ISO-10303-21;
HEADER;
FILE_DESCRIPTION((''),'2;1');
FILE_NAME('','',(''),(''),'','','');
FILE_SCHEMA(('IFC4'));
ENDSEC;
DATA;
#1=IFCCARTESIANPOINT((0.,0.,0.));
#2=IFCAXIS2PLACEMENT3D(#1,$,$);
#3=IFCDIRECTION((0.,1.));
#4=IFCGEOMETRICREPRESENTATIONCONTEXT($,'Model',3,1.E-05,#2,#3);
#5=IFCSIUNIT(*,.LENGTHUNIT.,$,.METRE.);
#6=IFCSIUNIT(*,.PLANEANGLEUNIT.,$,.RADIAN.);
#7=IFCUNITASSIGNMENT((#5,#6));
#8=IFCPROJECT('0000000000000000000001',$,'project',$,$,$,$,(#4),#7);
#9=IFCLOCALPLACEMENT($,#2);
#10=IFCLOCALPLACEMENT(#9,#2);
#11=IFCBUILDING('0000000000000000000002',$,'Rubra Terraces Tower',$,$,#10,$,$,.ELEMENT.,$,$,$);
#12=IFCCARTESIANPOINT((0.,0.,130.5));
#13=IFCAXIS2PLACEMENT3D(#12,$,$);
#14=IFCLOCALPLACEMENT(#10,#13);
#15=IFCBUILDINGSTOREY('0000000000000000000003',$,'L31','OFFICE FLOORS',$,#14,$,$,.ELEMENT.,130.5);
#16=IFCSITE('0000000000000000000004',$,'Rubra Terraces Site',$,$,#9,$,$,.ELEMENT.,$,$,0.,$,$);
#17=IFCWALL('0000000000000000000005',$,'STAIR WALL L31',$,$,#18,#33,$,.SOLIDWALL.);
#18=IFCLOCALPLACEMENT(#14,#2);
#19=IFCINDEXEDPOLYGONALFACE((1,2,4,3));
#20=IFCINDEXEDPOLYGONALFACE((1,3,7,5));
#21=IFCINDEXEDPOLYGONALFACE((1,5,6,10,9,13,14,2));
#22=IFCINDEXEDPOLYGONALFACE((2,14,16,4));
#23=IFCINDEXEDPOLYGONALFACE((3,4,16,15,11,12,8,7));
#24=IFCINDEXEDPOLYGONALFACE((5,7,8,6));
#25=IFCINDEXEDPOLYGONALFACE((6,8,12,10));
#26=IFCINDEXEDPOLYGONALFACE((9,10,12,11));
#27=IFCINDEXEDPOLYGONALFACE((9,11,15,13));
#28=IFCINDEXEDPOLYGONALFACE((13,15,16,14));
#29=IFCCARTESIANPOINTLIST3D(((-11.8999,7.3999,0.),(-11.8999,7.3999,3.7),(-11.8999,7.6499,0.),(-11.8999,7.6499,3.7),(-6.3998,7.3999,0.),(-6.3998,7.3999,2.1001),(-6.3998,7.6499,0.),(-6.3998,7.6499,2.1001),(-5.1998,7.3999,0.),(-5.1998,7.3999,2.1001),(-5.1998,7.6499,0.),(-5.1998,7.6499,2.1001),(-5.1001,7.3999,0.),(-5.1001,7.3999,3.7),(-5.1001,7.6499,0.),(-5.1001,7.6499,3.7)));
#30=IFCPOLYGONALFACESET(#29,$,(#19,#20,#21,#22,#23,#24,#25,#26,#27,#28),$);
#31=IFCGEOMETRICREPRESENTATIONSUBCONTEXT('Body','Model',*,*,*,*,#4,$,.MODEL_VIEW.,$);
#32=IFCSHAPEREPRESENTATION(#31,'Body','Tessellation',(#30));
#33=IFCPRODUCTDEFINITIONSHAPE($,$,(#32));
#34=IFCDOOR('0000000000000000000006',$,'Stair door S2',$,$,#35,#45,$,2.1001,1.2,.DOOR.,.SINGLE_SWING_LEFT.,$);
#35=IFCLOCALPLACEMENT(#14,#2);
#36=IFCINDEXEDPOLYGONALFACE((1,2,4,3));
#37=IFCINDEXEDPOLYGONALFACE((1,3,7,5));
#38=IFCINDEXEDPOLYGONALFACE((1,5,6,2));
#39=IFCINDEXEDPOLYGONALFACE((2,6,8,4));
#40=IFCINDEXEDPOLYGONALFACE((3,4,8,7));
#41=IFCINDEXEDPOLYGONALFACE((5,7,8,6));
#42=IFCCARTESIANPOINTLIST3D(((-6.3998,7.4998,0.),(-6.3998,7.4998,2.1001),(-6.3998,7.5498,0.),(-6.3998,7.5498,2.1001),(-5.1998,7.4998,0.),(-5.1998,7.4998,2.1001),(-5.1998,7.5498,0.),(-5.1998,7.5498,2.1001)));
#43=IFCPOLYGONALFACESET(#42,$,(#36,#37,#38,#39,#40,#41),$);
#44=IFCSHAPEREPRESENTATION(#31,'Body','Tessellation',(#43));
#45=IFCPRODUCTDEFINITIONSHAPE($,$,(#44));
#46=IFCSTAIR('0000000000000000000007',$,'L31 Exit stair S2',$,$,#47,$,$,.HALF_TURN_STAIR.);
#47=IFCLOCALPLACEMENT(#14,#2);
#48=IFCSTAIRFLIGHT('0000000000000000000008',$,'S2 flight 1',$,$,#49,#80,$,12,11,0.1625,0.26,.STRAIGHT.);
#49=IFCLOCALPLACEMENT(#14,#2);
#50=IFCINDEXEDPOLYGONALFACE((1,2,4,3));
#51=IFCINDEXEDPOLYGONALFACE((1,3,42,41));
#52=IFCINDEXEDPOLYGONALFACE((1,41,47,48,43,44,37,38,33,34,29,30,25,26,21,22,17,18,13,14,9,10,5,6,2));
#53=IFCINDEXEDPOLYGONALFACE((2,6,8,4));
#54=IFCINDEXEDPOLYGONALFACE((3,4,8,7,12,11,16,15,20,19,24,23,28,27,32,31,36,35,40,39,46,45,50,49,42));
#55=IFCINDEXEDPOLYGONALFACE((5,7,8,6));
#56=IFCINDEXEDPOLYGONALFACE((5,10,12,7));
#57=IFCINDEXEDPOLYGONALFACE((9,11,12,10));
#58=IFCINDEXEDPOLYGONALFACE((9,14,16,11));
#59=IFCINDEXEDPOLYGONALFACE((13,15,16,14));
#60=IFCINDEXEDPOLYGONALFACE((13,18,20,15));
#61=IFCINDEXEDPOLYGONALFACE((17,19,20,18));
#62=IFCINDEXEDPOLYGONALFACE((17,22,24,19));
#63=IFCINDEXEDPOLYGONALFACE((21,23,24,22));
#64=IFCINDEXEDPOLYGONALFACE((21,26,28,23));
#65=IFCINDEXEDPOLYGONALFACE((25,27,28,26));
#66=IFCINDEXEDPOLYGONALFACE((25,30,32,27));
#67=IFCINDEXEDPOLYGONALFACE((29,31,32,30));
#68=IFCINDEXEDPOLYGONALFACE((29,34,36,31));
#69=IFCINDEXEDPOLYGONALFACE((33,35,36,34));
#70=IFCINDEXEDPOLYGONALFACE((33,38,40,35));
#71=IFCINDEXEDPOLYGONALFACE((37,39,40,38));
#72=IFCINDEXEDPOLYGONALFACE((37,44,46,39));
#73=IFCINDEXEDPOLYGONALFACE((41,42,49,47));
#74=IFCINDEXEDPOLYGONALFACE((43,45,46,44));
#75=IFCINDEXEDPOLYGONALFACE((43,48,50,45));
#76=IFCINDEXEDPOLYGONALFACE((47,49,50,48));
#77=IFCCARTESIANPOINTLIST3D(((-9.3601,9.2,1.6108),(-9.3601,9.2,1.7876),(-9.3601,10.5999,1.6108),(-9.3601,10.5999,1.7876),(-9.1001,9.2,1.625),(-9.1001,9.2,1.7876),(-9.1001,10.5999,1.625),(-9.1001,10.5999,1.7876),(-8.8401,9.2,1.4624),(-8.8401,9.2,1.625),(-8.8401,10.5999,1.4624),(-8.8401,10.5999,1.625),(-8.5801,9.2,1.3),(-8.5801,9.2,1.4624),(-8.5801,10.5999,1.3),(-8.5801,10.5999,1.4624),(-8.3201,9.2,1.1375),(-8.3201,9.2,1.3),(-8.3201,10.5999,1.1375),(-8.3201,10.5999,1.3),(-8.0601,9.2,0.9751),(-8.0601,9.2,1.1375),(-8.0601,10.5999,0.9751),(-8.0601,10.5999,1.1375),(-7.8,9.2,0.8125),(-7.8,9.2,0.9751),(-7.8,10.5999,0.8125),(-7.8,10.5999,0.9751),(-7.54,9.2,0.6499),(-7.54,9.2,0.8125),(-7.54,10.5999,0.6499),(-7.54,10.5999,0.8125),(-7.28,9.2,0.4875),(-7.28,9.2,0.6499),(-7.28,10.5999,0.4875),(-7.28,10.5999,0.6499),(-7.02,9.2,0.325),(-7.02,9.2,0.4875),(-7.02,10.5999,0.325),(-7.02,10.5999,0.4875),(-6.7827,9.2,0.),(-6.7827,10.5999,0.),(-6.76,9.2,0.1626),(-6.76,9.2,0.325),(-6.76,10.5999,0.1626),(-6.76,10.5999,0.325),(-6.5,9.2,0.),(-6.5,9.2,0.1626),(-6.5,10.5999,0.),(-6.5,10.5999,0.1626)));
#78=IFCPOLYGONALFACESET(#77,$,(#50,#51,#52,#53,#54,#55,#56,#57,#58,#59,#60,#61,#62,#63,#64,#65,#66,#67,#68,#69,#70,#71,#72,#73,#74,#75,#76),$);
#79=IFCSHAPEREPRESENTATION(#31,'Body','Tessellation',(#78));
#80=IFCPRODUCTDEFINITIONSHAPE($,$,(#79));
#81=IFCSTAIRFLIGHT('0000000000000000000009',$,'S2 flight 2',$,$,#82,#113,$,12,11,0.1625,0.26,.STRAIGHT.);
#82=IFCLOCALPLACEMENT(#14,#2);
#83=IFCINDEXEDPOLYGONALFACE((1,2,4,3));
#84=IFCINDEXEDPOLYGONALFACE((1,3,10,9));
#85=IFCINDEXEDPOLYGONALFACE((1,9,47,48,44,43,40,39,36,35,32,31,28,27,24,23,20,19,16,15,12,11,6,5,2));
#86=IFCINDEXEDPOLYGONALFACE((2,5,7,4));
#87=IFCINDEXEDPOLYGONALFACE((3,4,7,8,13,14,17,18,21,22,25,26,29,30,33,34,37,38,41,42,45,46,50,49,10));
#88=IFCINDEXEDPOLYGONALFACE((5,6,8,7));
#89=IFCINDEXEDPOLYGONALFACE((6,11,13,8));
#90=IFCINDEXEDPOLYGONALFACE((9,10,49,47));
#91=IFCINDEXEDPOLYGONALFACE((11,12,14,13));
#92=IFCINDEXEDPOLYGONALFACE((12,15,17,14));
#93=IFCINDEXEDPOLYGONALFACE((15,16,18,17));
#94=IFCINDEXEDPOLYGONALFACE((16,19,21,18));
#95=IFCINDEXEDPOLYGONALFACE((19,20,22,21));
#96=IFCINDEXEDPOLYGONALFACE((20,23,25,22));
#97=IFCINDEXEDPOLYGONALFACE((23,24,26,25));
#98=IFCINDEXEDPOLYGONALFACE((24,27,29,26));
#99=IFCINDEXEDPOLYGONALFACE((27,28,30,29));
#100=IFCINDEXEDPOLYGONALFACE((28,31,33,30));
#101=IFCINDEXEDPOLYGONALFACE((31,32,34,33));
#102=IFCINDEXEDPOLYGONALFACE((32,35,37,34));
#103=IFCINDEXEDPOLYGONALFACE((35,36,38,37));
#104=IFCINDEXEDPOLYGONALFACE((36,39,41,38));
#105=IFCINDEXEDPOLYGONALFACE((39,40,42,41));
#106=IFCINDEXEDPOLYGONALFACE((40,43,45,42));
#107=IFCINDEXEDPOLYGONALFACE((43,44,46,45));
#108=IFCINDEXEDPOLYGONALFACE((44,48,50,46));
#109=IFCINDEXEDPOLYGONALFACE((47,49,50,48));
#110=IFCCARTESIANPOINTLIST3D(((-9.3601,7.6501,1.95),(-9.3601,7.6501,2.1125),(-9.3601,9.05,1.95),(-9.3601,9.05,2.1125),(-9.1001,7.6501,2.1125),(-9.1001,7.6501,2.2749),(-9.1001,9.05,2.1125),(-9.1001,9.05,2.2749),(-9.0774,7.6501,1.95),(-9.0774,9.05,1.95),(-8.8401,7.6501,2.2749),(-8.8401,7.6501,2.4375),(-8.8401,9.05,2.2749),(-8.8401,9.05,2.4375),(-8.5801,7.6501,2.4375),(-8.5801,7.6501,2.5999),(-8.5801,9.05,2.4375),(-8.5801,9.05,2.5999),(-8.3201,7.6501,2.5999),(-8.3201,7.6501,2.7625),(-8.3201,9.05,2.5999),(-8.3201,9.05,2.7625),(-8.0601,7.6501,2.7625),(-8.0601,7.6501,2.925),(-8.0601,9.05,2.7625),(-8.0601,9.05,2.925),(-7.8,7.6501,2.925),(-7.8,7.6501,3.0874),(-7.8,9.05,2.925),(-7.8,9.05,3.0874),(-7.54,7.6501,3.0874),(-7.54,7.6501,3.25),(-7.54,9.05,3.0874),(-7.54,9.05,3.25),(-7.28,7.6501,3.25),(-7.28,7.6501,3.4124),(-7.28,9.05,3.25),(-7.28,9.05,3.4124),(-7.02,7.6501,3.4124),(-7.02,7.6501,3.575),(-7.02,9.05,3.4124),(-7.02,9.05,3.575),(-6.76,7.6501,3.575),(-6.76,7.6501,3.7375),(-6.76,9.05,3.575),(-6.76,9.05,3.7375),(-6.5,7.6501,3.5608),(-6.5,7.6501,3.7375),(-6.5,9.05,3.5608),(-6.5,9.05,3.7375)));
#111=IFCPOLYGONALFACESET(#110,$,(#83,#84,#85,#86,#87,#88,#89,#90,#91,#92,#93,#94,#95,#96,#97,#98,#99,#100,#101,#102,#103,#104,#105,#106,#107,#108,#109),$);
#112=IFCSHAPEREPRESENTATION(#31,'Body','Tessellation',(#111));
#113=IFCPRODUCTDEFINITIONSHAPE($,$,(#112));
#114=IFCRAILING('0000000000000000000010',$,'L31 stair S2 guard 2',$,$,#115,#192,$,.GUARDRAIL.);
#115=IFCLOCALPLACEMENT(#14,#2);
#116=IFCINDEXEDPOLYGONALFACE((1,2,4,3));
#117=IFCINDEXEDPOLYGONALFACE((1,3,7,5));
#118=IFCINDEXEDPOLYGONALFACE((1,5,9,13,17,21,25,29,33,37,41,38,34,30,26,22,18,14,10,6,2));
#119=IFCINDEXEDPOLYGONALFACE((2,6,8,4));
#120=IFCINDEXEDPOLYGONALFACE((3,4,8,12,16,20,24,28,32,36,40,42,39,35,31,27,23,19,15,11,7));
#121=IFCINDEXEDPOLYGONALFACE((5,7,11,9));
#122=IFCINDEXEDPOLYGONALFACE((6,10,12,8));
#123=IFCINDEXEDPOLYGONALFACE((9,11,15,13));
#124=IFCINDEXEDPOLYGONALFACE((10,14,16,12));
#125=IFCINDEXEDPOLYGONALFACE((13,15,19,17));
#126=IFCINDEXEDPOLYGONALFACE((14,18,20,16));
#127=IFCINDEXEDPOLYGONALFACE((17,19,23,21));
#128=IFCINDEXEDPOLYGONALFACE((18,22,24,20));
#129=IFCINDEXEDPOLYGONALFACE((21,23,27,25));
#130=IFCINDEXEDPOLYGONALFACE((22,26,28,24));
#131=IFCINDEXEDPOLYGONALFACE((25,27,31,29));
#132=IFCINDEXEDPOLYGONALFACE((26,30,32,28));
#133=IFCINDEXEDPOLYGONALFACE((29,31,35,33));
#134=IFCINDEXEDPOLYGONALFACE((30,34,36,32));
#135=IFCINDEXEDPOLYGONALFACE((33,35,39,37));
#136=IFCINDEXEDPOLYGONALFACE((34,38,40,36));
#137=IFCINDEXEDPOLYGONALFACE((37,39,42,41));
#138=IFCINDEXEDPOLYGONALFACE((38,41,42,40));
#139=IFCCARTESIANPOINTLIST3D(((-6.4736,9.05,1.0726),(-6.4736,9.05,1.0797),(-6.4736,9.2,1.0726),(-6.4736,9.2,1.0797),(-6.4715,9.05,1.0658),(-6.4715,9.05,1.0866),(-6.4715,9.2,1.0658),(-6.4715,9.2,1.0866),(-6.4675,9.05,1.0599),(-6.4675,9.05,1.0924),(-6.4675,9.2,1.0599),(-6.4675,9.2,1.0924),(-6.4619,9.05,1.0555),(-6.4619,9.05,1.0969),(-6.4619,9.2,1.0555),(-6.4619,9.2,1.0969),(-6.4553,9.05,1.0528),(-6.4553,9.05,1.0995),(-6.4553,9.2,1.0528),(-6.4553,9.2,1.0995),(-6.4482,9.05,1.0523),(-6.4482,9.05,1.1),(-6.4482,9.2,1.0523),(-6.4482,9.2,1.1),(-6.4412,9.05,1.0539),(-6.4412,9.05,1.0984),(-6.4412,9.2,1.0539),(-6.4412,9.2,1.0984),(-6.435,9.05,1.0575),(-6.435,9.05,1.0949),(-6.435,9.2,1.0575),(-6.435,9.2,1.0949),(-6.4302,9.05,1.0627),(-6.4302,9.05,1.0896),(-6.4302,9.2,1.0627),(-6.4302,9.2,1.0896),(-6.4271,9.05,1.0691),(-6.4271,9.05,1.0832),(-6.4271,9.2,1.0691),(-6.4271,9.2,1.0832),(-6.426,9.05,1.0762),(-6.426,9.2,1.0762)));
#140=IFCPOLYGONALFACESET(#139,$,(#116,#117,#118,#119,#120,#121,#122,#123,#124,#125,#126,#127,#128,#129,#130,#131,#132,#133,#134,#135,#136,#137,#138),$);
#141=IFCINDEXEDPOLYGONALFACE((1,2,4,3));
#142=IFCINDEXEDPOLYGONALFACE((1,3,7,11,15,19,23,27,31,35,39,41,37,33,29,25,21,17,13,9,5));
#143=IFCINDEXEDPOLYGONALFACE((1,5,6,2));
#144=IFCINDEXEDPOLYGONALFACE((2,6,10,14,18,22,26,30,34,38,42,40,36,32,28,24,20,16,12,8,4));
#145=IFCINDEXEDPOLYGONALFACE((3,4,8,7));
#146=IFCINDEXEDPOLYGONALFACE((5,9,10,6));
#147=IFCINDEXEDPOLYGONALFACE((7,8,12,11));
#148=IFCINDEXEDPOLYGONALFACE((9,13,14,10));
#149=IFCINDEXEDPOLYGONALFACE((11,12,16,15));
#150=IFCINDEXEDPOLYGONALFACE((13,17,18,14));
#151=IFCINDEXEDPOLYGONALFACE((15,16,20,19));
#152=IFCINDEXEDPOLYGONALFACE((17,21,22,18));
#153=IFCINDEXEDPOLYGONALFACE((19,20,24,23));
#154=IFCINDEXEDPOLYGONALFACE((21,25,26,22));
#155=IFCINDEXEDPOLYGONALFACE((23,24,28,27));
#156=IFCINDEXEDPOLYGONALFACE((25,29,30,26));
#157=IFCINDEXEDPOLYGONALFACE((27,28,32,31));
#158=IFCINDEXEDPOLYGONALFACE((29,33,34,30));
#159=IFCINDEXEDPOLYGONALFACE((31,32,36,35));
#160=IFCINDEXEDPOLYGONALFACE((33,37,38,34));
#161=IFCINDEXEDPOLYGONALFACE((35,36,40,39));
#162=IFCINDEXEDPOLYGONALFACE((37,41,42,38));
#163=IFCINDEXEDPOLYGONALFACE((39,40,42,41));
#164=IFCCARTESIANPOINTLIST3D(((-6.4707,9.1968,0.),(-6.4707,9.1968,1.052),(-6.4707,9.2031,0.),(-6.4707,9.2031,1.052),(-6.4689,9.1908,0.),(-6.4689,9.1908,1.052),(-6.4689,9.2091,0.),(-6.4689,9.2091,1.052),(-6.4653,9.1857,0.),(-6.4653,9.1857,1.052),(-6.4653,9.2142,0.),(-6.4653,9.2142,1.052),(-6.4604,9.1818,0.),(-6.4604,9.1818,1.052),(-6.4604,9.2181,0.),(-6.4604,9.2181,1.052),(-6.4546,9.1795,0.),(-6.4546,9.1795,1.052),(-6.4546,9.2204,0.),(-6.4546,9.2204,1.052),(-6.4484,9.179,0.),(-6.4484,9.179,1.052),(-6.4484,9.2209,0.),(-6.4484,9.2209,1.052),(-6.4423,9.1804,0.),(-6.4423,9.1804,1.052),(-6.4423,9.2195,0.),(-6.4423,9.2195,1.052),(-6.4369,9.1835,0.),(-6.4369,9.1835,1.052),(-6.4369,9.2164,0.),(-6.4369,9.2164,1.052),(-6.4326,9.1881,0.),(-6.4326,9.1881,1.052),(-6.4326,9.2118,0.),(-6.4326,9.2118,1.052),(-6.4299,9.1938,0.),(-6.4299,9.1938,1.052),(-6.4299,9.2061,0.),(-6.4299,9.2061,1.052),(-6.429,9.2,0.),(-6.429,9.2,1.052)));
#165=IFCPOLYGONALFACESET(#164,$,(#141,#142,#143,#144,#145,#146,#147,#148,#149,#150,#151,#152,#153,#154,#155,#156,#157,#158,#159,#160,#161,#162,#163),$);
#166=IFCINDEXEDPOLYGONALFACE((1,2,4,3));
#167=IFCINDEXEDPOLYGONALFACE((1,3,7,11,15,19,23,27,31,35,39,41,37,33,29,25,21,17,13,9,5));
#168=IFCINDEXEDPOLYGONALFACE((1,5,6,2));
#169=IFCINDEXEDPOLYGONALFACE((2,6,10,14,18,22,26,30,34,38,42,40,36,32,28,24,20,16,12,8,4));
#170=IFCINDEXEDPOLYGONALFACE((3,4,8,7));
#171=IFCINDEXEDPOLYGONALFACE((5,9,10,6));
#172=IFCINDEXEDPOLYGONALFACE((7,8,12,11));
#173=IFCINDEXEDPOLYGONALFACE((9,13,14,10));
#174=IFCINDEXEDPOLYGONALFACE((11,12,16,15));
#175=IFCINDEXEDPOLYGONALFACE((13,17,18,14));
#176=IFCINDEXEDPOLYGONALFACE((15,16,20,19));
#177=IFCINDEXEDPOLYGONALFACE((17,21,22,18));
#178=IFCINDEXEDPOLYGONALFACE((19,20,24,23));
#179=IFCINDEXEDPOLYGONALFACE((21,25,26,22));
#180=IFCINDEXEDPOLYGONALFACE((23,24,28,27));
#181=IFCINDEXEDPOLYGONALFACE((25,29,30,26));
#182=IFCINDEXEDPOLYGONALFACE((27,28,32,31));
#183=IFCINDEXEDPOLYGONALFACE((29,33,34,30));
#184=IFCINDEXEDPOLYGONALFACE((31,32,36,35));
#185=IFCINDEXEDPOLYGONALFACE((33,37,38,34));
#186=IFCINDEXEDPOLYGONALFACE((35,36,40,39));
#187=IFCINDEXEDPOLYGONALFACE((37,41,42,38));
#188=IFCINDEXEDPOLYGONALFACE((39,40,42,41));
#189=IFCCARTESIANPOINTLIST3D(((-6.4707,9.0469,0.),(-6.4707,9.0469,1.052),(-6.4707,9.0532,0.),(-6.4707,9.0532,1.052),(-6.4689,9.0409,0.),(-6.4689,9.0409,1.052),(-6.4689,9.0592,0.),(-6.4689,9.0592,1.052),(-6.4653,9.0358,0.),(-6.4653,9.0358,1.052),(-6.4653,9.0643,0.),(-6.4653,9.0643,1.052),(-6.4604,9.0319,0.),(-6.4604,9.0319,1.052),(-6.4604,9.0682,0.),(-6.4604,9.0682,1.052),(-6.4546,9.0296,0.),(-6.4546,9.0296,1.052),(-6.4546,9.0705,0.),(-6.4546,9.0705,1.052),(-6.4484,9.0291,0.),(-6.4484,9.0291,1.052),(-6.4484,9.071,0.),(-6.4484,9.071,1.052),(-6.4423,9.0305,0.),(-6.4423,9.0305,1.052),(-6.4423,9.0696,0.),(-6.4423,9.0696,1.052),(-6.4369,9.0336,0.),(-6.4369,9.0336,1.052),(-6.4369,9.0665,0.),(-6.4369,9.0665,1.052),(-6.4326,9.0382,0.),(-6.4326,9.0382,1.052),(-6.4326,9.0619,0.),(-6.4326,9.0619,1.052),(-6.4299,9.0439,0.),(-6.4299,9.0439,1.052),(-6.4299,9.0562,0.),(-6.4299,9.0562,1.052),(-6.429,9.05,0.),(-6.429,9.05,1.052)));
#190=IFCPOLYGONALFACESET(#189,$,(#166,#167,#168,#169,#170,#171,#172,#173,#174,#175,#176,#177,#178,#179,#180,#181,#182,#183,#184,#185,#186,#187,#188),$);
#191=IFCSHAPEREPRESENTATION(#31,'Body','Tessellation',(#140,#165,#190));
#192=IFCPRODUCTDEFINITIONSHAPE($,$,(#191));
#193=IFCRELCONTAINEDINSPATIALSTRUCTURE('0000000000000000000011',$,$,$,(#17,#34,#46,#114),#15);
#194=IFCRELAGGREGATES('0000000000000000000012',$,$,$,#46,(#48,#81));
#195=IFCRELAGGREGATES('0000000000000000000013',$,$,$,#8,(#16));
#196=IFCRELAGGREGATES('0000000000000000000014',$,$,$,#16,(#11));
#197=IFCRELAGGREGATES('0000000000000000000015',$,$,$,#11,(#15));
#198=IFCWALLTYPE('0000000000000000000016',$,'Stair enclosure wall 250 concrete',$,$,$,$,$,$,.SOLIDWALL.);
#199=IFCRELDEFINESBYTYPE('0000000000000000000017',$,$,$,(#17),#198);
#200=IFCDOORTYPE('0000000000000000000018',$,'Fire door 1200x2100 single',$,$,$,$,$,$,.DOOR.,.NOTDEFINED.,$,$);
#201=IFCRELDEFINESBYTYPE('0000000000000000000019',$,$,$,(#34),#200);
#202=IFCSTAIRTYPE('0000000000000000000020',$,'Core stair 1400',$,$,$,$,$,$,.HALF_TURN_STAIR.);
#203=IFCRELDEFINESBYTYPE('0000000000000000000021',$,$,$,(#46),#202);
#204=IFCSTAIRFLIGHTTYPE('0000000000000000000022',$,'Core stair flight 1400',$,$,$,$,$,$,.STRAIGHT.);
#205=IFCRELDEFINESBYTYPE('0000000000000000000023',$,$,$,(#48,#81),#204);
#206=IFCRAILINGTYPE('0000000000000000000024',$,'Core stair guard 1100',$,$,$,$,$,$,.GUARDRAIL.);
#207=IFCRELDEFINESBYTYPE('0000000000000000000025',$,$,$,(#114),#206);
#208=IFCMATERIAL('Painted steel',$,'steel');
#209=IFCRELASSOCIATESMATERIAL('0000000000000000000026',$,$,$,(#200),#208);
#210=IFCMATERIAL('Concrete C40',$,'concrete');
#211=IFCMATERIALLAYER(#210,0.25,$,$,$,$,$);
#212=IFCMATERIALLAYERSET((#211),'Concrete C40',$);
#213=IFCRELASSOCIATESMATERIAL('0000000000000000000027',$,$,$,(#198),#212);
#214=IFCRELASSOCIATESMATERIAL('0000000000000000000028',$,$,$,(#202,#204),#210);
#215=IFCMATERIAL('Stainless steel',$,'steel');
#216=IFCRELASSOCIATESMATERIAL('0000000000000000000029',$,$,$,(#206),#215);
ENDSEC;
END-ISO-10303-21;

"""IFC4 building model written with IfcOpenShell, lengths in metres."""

from ifc_helpers import new_model, si_unit, direction, frame, frame_2d, origin, origin_2d, place, context, subcontext, project, spatial, polyline, rectangle, circle, outline, extrude, material, layer, layer_set, type_object, element, fill, aggregate, save


model = new_model("IFC4")

# Units and contexts
model_context = context("Model", 3, precision=1e-05, world=origin(), true_north=direction((0.0, 1.0)))
body_context = subcontext(model_context, "Body", "Model", "MODEL_VIEW")
ifc_project = project(units=[si_unit("LENGTHUNIT", "METRE"), si_unit("PLANEANGLEUNIT", "RADIAN")], contexts=[model_context])

# Site, building, storey
site_placement = place(None, origin())
site = spatial("IfcSite", under=ifc_project, at=site_placement, Name="Rubra Terraces Site", CompositionType="ELEMENT", RefElevation=0.0)
building_placement = place(site_placement, origin())
building = spatial("IfcBuilding", under=site, at=building_placement, Name="Rubra Terraces Tower", CompositionType="ELEMENT")
storey_placement = place(building_placement, frame((0.0, 0.0, 130.5)))
storey = spatial("IfcBuildingStorey", under=building, at=storey_placement, Name="L31", Description="OFFICE FLOORS", CompositionType="ELEMENT", Elevation=130.5)

# Shared definitions
ifc_material_1 = material(Name="Concrete C40", Category="concrete")

# Shared definitions
ifc_material_2 = material(Name="Painted steel", Category="steel")
door_type_1 = type_object("IfcDoorType", Name="Fire door 1200x2100 single", OperationType="NOTDEFINED", PredefinedType="DOOR", material=ifc_material_2)
ifc_material_3 = material(Name="Stainless steel", Category="steel")

# Wall, opening, door
ifc_layer_1 = layer(ifc_material_1, 0.25)
ifc_layer_set_1 = layer_set([ifc_layer_1], Name="Concrete C40")
wall_type_1 = type_object("IfcWallType", Name="Stair enclosure wall 250 concrete", PredefinedType="SOLIDWALL", material=ifc_layer_set_1)
wall_1_placement = place(storey_placement, frame((-11.8999, 7.5249, 0.0), z_axis=(0.0, 0.0, 1.0), x_axis=(1.0, 0.0, 0.0)))
wall_1 = element("IfcWall", 1, at=wall_1_placement, inside=storey, type_object=wall_type_1, Name="STAIR WALL L31", PredefinedType="SOLIDWALL", context=body_context, shape_type="SweptSolid", body=[
    extrude(rectangle(XDim=6.7998, YDim=0.25, at=frame_2d((3.3999, 0.0))), origin(), (0.0, 0.0, 1.0), 3.7),
])
opening_1_placement = place(wall_1_placement, frame((5.5, 0.0, 0.0)))
opening_1 = element("IfcOpeningElement", 2, at=opening_1_placement, cuts=wall_1, PredefinedType="OPENING", context=body_context, shape_type="SweptSolid", body=[
    extrude(rectangle(XDim=1.2, YDim=2.1001, at=frame_2d((0.6001, 1.05))), frame((0.0, 0.135, 0.0), z_axis=(0.0, -1.0, 0.0), x_axis=(1.0, 0.0, 0.0)), (0.0, 0.0, 1.0), 0.27),
])
door_1_placement = place(opening_1_placement, origin())
door_1 = element("IfcDoor", 3, at=door_1_placement, inside=storey, type_object=door_type_1, Name="Stair door S2", OperationType="SINGLE_SWING_LEFT", OverallHeight=2.1001, OverallWidth=1.2, PredefinedType="DOOR", context=body_context, shape_type="SweptSolid", body=[
    extrude(rectangle(XDim=1.2, YDim=2.1001, at=frame_2d((0.6001, 1.05))), frame((0.0, 0.0249, 0.0), z_axis=(0.0, -1.0, 0.0), x_axis=(1.0, 0.0, 0.0)), (0.0, 0.0, 1.0), 0.05),
])
fill(opening_1, door_1)

# Stair, stair flights
stair_type = type_object("IfcStairType", Name="Core stair 1400", PredefinedType="HALF_TURN_STAIR", material=ifc_material_1)
stair_placement = place(storey_placement, origin())
stair = element("IfcStair", 4, at=stair_placement, inside=storey, type_object=stair_type, Name="L31 Exit stair S2", PredefinedType="HALF_TURN_STAIR")
stair_flight_type = type_object("IfcStairFlightType", Name="Core stair flight 1400", PredefinedType="STRAIGHT", material=ifc_material_1)
stair_flight_1_placement = place(storey_placement, frame((-6.5, 9.8999, 0.0), z_axis=(0.0, 0.0, 1.0), x_axis=(-1.0, 0.0, 0.0)))
stair_flight_1 = element("IfcStairFlight", 5, at=stair_flight_1_placement, type_object=stair_flight_type, Name="S2 flight 1", NumberOfRisers=12, NumberOfTreads=11, PredefinedType="STRAIGHT", RiserHeight=0.1625, TreadLength=0.26, context=body_context, shape_type="SweptSolid", body=[
    extrude(outline(polyline([(0.0, 0.0), (0.0, 0.1626), (0.26, 0.1626), (0.26, 0.325), (0.52, 0.325), (0.52, 0.4875), (0.78, 0.4875), (0.78, 0.6499), (1.04, 0.6499), (1.04, 0.8125), (1.3, 0.8125), (1.3, 0.9751), (1.5601, 0.9751), (1.5601, 1.1375), (1.8201, 1.1375), (1.8201, 1.3), (2.0801, 1.3), (2.0801, 1.4624), (2.3401, 1.4624), (2.3401, 1.625), (2.6001, 1.625), (2.6001, 1.7876), (2.8601, 1.7876), (2.8601, 1.95), (2.8601, 1.6108), (0.2827, 0.0), (0.0, 0.0)])), frame((0.0, 0.7, 0.0), z_axis=(0.0, -1.0, 0.0), x_axis=(1.0, 0.0, 0.0)), (0.0, 0.0, 1.0), 1.3999),
])
stair_flight_2_placement = place(storey_placement, frame((-9.3601, 8.3501, 1.95), z_axis=(0.0, 0.0, 1.0), x_axis=(1.0, 0.0, 0.0)))
stair_flight_2 = element("IfcStairFlight", 6, at=stair_flight_2_placement, type_object=stair_flight_type, Name="S2 flight 2", NumberOfRisers=12, NumberOfTreads=11, PredefinedType="STRAIGHT", RiserHeight=0.1625, TreadLength=0.26, context=body_context, shape_type="SweptSolid", body=[
    extrude(outline(polyline([(0.0, 0.0), (0.0, 0.1626), (0.26, 0.1626), (0.26, 0.325), (0.52, 0.325), (0.52, 0.4875), (0.78, 0.4875), (0.78, 0.6499), (1.04, 0.6499), (1.04, 0.8125), (1.3, 0.8125), (1.3, 0.9751), (1.5601, 0.9751), (1.5601, 1.1375), (1.8201, 1.1375), (1.8201, 1.3), (2.0801, 1.3), (2.0801, 1.4624), (2.3401, 1.4624), (2.3401, 1.625), (2.6001, 1.625), (2.6001, 1.7876), (2.8601, 1.7876), (2.8601, 1.95), (2.8601, 1.6108), (0.2827, 0.0), (0.0, 0.0)])), frame((0.0, 0.7, 0.0), z_axis=(0.0, -1.0, 0.0), x_axis=(1.0, 0.0, 0.0)), (0.0, 0.0, 1.0), 1.3999),
])
aggregate(stair, [stair_flight_1, stair_flight_2])

# Railing
railing_type_1 = type_object("IfcRailingType", Name="Core stair guard 1100", PredefinedType="GUARDRAIL", material=ifc_material_3)
railing_1_placement = place(storey_placement, frame((-6.45, 9.2, 0.0)))
element("IfcRailing", 7, at=railing_1_placement, inside=storey, type_object=railing_type_1, Name="L31 stair S2 guard 2", PredefinedType="GUARDRAIL", context=body_context, shape_type="SweptSolid", body=[
    extrude(circle(Radius=0.0239, at=origin_2d()), frame((0.0, 0.0, 1.0762), z_axis=(0.0, -1.0, 0.0), x_axis=(1.0, 0.0, 0.0)), (0.0, 0.0, 1.0), 0.1499),
    extrude(circle(Radius=0.021, at=origin_2d()), origin(), (0.0, 0.0, 1.0), 1.052),
    extrude(circle(Radius=0.021, at=origin_2d()), frame((0.0, -0.1499, 0.0)), (0.0, 0.0, 1.0), 1.052),
])

save(model, "model.ifc")
